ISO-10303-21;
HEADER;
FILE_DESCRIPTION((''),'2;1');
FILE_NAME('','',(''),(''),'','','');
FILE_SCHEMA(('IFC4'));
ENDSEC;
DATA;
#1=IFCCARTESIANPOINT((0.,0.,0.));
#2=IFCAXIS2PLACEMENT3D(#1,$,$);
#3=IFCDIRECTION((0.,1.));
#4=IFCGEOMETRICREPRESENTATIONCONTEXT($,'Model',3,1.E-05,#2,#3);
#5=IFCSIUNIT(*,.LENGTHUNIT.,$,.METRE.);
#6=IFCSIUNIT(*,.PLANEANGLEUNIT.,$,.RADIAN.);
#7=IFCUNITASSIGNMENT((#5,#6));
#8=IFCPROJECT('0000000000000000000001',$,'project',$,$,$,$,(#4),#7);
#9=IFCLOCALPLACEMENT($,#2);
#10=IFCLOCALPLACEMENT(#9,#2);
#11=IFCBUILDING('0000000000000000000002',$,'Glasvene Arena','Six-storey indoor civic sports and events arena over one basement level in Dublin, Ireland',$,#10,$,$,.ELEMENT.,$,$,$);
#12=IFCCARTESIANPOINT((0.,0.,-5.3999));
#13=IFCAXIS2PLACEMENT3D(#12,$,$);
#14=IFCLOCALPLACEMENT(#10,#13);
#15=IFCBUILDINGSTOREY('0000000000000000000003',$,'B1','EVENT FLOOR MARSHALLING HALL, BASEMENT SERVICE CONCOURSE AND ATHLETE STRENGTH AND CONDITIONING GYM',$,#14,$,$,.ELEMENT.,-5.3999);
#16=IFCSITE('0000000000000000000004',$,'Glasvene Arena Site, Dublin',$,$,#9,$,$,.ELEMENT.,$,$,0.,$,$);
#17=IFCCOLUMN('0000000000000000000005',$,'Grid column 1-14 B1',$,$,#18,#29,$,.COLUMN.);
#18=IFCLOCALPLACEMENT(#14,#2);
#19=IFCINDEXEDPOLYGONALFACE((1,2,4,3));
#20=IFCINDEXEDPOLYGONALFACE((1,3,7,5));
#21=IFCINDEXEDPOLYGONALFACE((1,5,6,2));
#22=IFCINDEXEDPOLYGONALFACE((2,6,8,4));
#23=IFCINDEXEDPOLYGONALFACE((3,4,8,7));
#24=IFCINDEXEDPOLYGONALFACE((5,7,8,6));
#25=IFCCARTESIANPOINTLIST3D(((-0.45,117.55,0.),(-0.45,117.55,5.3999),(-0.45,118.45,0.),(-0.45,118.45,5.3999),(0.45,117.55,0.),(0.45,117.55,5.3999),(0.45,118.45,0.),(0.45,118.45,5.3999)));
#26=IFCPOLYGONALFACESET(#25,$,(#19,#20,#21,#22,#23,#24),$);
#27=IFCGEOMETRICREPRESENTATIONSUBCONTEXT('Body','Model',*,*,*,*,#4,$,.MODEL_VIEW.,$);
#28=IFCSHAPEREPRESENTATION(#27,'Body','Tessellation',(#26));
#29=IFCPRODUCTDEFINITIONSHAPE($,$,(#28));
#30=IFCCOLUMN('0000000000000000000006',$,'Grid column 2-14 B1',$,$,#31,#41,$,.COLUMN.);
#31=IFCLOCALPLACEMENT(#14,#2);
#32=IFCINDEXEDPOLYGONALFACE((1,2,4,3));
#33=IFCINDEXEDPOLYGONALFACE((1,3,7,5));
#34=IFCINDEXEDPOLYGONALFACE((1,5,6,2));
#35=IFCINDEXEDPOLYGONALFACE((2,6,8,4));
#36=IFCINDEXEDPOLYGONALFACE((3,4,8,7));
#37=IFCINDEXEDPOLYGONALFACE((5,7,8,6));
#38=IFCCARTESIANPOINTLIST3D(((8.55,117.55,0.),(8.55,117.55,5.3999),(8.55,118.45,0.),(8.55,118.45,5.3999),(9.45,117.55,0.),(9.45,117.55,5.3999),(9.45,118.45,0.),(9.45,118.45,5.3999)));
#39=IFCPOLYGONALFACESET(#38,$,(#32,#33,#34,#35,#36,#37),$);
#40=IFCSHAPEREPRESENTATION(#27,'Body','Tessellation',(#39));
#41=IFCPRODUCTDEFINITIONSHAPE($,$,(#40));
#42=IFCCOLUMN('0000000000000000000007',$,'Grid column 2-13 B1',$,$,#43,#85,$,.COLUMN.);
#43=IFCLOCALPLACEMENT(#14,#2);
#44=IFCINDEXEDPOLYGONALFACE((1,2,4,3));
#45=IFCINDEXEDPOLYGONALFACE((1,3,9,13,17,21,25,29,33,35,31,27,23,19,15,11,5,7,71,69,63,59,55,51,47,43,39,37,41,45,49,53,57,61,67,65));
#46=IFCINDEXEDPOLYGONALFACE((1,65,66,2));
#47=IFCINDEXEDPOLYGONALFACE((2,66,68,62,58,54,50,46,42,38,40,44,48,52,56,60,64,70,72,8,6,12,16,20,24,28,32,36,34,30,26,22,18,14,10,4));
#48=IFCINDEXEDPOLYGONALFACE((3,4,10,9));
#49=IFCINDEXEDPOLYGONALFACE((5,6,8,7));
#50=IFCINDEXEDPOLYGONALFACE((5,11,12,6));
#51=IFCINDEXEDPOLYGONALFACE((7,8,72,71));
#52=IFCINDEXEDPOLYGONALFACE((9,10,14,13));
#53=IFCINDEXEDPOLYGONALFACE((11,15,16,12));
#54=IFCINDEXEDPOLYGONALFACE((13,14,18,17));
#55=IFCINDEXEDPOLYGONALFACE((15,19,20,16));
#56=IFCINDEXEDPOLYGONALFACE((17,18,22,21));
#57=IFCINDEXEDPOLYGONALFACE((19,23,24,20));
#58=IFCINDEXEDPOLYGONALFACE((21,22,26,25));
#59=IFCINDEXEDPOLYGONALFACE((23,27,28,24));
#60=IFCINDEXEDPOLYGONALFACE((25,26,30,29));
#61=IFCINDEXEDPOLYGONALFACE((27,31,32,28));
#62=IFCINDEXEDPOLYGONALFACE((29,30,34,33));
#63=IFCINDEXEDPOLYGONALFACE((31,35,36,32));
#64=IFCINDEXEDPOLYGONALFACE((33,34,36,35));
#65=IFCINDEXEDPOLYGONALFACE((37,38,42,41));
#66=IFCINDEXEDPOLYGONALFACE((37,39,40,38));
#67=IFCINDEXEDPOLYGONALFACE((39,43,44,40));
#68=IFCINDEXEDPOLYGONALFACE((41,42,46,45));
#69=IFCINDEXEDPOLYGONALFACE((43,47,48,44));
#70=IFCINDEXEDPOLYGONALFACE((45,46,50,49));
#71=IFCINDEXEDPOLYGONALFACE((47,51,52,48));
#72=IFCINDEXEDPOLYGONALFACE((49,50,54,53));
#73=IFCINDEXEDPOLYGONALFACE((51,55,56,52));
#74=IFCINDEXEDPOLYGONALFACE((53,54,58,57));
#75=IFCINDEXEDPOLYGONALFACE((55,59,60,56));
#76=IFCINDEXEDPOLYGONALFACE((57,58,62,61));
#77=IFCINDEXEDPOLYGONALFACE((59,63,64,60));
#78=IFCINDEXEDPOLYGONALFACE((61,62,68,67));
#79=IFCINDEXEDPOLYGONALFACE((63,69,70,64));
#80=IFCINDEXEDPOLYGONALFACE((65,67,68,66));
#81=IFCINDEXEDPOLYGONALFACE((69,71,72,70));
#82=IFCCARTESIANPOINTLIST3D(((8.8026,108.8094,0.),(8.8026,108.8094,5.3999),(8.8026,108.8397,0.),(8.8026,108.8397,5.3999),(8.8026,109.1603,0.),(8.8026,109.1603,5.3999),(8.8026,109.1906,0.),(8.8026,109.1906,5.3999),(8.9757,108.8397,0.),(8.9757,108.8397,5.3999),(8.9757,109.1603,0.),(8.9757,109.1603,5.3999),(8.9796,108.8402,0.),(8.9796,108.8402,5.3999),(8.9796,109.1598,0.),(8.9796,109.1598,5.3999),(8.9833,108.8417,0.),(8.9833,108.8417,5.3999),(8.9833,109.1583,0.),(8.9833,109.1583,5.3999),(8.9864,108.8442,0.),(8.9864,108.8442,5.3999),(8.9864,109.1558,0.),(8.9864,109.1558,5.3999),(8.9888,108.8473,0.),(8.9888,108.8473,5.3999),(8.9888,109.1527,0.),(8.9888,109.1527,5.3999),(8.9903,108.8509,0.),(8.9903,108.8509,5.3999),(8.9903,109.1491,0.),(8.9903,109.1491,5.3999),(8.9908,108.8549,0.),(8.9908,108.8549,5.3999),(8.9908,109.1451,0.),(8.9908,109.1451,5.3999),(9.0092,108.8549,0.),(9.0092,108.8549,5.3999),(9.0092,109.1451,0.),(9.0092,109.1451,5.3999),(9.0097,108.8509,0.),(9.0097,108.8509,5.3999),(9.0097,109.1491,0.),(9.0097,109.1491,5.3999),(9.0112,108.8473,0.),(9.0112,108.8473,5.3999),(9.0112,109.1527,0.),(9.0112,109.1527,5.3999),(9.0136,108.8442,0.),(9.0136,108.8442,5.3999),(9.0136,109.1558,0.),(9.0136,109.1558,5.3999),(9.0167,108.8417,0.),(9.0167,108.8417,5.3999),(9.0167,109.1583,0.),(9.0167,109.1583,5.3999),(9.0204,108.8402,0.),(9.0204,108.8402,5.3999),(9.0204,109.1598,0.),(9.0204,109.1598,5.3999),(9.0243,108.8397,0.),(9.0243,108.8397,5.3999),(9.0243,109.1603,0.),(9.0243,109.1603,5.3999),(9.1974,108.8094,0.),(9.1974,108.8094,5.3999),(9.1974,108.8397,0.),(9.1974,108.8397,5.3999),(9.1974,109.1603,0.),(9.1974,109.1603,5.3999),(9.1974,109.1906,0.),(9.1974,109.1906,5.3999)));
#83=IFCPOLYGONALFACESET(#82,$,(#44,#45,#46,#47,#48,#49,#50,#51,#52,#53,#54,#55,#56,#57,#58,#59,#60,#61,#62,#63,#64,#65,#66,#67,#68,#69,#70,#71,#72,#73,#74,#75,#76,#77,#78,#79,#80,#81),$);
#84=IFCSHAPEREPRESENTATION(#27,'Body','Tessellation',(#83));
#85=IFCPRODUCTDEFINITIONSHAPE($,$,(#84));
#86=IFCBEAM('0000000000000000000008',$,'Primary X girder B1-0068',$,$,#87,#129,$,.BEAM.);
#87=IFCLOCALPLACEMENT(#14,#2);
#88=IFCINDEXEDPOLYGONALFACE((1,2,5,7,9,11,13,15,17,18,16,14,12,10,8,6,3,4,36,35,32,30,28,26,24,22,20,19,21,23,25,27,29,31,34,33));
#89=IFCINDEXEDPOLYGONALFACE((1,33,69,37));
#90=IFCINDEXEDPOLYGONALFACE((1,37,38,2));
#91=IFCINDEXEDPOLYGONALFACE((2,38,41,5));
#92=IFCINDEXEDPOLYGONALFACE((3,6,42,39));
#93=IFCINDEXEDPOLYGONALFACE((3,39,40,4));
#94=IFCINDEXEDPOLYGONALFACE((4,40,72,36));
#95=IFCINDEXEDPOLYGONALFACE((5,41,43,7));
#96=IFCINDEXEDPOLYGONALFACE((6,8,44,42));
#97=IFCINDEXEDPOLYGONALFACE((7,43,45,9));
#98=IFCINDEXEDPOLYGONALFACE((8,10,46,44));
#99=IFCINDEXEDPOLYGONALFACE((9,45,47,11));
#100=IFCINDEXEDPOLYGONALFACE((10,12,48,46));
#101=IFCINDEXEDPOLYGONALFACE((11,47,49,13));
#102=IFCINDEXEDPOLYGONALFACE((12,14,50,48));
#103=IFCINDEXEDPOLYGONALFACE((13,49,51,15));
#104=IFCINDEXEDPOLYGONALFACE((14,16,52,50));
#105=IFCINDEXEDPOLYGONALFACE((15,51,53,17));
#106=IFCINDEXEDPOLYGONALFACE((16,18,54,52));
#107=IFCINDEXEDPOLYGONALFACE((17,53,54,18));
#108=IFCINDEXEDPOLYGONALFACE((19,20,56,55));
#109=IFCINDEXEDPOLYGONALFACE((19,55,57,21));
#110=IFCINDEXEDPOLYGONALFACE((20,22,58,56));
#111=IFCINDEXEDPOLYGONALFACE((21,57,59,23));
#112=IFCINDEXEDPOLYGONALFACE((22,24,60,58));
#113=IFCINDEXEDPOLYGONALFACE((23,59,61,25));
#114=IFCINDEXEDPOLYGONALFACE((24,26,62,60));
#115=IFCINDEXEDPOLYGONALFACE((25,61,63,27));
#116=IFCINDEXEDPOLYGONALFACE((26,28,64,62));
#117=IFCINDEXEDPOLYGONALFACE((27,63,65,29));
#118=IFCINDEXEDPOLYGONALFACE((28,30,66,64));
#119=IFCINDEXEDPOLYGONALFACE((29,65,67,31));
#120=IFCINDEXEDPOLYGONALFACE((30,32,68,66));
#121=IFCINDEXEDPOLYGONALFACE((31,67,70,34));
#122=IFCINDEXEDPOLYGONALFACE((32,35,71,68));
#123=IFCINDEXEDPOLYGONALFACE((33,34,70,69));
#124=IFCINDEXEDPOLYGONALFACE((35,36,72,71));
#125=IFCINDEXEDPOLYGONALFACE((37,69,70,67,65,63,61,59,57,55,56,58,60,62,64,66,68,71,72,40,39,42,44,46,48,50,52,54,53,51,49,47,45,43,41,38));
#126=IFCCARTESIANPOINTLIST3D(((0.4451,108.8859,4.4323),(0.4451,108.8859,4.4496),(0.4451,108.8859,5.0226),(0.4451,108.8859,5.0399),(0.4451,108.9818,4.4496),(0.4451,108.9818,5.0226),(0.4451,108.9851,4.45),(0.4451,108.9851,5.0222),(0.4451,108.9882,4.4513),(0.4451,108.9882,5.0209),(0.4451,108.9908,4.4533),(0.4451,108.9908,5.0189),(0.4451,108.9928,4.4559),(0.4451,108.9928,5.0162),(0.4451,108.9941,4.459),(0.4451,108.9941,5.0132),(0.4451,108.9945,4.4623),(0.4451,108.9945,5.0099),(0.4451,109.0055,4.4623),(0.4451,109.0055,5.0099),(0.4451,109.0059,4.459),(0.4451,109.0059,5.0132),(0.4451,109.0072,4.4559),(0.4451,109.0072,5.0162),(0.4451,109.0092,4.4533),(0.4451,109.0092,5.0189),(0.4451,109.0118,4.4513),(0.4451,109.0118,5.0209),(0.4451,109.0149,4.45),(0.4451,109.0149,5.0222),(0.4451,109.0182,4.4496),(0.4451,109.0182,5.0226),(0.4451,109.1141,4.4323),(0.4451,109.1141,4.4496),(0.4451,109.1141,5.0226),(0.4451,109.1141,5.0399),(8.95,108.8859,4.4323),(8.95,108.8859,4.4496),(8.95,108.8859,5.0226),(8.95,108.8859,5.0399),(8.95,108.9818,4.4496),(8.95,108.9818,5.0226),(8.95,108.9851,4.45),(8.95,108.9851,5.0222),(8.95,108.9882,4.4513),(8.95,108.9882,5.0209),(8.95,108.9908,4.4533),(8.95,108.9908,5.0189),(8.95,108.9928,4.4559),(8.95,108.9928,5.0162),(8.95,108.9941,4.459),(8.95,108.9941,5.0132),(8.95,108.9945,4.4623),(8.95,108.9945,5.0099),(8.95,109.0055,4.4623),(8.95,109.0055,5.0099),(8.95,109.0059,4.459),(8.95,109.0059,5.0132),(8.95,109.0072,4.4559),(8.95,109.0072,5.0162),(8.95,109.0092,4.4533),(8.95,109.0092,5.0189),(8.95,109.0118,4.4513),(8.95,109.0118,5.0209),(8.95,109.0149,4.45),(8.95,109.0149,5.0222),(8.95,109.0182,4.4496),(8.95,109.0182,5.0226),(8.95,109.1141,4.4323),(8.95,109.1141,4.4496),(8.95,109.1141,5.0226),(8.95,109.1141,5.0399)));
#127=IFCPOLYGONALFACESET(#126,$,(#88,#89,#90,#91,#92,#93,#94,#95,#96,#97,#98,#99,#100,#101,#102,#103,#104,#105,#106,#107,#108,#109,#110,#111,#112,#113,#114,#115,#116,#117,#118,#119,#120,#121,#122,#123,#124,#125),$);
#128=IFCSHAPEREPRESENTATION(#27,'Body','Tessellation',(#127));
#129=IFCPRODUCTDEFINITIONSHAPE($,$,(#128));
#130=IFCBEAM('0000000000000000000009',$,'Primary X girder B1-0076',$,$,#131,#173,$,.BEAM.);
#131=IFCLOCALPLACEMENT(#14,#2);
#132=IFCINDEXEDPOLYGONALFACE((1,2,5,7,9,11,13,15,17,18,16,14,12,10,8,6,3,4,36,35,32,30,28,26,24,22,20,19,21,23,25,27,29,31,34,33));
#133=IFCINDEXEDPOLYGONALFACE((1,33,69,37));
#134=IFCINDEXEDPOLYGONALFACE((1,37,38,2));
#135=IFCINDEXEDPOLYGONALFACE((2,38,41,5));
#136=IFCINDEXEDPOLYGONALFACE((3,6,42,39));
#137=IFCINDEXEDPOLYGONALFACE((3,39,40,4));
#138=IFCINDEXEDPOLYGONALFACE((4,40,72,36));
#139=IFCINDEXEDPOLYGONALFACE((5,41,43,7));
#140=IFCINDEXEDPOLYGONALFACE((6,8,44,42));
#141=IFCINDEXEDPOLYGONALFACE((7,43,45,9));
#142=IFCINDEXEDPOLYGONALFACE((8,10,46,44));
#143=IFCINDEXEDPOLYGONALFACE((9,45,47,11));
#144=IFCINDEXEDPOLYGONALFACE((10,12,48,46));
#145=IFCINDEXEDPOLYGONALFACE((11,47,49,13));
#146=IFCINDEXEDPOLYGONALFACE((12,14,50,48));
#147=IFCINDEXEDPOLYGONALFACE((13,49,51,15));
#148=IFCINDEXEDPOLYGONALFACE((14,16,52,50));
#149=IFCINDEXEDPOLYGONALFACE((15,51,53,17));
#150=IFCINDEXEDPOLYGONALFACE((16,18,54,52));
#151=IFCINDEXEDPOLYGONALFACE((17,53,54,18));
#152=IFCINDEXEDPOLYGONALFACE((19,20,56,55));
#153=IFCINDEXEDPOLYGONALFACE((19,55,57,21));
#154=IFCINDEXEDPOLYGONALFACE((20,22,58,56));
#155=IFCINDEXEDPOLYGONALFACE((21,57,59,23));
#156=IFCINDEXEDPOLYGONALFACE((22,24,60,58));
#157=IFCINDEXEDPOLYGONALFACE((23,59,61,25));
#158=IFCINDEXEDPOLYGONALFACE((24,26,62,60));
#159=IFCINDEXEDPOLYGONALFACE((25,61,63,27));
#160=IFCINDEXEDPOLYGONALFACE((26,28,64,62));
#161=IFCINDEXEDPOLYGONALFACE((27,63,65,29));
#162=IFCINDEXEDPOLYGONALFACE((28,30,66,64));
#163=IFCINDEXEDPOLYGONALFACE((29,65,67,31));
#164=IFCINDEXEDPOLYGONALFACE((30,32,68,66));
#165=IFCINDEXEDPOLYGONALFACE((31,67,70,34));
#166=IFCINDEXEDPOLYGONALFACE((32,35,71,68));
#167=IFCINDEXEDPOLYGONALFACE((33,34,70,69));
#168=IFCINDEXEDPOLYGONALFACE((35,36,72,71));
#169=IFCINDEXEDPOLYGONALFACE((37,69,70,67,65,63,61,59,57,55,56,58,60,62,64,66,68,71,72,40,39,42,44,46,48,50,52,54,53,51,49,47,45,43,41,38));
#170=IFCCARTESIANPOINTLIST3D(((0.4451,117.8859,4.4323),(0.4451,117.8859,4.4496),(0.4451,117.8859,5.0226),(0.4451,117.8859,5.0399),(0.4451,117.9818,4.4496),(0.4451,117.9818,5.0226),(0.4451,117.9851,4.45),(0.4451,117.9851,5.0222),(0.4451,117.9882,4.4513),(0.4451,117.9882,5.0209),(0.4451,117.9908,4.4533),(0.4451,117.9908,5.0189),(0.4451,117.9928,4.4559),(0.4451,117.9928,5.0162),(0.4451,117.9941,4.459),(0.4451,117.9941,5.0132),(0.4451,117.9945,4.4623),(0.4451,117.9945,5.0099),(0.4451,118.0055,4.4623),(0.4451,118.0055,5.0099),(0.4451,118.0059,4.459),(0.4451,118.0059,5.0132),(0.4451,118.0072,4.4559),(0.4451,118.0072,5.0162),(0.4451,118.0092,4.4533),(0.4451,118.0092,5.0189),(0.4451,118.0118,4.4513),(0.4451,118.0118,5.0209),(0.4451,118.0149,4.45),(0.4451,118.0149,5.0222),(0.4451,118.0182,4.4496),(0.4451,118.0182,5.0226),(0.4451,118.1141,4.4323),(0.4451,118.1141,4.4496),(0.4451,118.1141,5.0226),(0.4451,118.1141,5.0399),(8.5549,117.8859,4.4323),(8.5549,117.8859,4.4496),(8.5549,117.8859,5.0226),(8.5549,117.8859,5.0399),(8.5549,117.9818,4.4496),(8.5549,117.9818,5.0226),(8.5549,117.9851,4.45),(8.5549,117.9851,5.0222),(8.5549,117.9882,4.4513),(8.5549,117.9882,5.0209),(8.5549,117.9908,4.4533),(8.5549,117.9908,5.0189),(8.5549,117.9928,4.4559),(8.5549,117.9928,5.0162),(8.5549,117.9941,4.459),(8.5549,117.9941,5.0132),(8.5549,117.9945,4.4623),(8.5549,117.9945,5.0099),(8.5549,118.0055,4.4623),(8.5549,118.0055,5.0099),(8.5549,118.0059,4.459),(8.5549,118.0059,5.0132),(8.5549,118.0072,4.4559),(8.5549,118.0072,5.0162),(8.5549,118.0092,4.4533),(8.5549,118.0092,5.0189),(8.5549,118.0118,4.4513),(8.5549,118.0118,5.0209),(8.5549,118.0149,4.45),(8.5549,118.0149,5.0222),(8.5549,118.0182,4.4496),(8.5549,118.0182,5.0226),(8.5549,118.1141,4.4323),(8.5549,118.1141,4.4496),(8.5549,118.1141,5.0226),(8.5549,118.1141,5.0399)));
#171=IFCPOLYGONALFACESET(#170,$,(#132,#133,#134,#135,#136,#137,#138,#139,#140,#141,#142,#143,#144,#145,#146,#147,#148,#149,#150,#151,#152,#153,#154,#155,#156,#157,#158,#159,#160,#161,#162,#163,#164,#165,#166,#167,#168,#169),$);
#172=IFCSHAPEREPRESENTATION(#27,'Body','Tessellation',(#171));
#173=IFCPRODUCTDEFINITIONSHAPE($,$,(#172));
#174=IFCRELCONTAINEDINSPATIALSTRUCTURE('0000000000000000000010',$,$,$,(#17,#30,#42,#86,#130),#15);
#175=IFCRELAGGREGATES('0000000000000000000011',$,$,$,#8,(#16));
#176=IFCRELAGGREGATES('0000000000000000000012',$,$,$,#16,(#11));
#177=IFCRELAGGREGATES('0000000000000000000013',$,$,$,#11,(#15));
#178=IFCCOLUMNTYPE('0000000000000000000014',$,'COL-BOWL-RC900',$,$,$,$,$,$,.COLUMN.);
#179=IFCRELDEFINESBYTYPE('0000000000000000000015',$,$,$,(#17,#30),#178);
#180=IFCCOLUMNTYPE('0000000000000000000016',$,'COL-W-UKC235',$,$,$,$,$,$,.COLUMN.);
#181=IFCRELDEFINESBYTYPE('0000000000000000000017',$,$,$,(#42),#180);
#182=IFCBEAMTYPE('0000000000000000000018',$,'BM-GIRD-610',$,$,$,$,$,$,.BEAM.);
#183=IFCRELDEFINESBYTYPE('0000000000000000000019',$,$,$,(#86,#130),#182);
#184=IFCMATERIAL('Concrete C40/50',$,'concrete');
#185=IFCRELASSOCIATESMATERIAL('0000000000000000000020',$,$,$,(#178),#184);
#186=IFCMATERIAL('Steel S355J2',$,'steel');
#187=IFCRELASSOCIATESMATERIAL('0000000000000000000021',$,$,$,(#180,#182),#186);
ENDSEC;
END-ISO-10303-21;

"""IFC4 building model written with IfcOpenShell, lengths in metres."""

from ifc_helpers import new_model, si_unit, direction, frame, origin, origin_2d, place, context, subcontext, project, spatial, rectangle, i_section, extrude, material, material_profile, profile_set, type_object, element, save


model = new_model("IFC4")

# Units and contexts
model_context = context("Model", 3, precision=1e-05, world=origin(), true_north=direction((0.0, 1.0)))
body_context = subcontext(model_context, "Body", "Model", "MODEL_VIEW")
ifc_project = project(units=[si_unit("LENGTHUNIT", "METRE"), si_unit("PLANEANGLEUNIT", "RADIAN")], contexts=[model_context])

# Site, building, storey
site_placement = place(None, origin())
site = spatial("IfcSite", under=ifc_project, at=site_placement, Name="Glasvene Arena Site, Dublin", CompositionType="ELEMENT", RefElevation=0.0)
building_placement = place(site_placement, origin())
building = spatial("IfcBuilding", under=site, at=building_placement, Name="Glasvene Arena", Description="Six-storey indoor civic sports and events arena over one basement level in Dublin, Ireland", CompositionType="ELEMENT")
storey_placement = place(building_placement, frame((0.0, 0.0, -5.3999)))
storey = spatial("IfcBuildingStorey", under=building, at=storey_placement, Name="B1", Description="EVENT FLOOR MARSHALLING HALL, BASEMENT SERVICE CONCOURSE AND ATHLETE STRENGTH AND CONDITIONING GYM", CompositionType="ELEMENT", Elevation=-5.3999)

# Shared definitions
ifc_material_1 = material(Name="Concrete C40/50", Category="concrete")

# Columns
ifc_material_profile_1 = material_profile(ifc_material_1, rectangle(XDim=0.8999, YDim=0.8999, at=origin_2d()), Name="RC 900x900")
ifc_profile_set_1 = profile_set([ifc_material_profile_1], Name="Concrete C40/50")
column_type_1 = type_object("IfcColumnType", Name="COL-BOWL-RC900", PredefinedType="COLUMN", material=ifc_profile_set_1)
for number, where, z_axis, x_axis, name in (
    (1, (0.0, 118.0, 0.0), (0.0, 0.0, 1.0), (1.0, 0.0, 0.0), "Grid column 1-14 B1"),
    (2, (9.0, 118.0, 0.0), (0.0, 0.0, 1.0), (1.0, 0.0, 0.0), "Grid column 2-14 B1"),
):
    element("IfcColumn", number, at=place(storey_placement, frame(where, z_axis=z_axis, x_axis=x_axis)), inside=storey, type_object=column_type_1, Name=name, PredefinedType="COLUMN", context=body_context, shape_type="SweptSolid", body=[
        extrude(rectangle(XDim=0.8999, YDim=0.8999, at=origin_2d()), origin(), (0.0, 0.0, 1.0), 5.3999),
    ])
ifc_material_2 = material(Name="Steel S355J2", Category="steel")
ifc_material_profile_2 = material_profile(ifc_material_2, i_section(OverallWidth=0.3948, OverallDepth=0.3811, WebThickness=0.0183, FlangeThickness=0.0303, FilletRadius=0.0151, at=origin_2d()), Name="UKC 356x406x235")
ifc_profile_set_2 = profile_set([ifc_material_profile_2], Name="Steel S355J2")
column_type_2 = type_object("IfcColumnType", Name="COL-W-UKC235", PredefinedType="COLUMN", material=ifc_profile_set_2)
column_placement = place(storey_placement, frame((9.0, 109.0, 0.0), z_axis=(0.0, 0.0, 1.0), x_axis=(1.0, 0.0, 0.0)))
element("IfcColumn", 3, at=column_placement, inside=storey, type_object=column_type_2, Name="Grid column 2-13 B1", PredefinedType="COLUMN", context=body_context, shape_type="SweptSolid", body=[
    extrude(i_section(OverallWidth=0.3948, OverallDepth=0.3811, WebThickness=0.0183, FlangeThickness=0.0303, FilletRadius=0.0151, at=origin_2d()), origin(), (0.0, 0.0, 1.0), 5.3999),
])

# Beams
ifc_material_profile_3 = material_profile(ifc_material_2, i_section(OverallWidth=0.2283, OverallDepth=0.6077, WebThickness=0.011, FlangeThickness=0.0173, FilletRadius=0.0127, at=origin_2d()), Name="UKB 610x229x113")
ifc_profile_set_3 = profile_set([ifc_material_profile_3], Name="Steel S355J2")
beam_type_1 = type_object("IfcBeamType", Name="BM-GIRD-610", PredefinedType="BEAM", material=ifc_profile_set_3)
beam_1_placement = place(storey_placement, frame((0.4451, 109.0, 4.7361), z_axis=(1.0, 0.0, 0.0), x_axis=(0.0, 1.0, 0.0)))
element("IfcBeam", 4, at=beam_1_placement, inside=storey, type_object=beam_type_1, Name="Primary X girder B1-0068", PredefinedType="BEAM", context=body_context, shape_type="SweptSolid", body=[
    extrude(i_section(OverallWidth=0.2283, OverallDepth=0.6077, WebThickness=0.011, FlangeThickness=0.0173, FilletRadius=0.0127, at=origin_2d()), origin(), (0.0, 0.0, 1.0), 8.5049),
])
beam_2_placement = place(storey_placement, frame((0.4451, 118.0, 4.7361), z_axis=(1.0, 0.0, 0.0), x_axis=(0.0, 1.0, 0.0)))
element("IfcBeam", 5, at=beam_2_placement, inside=storey, type_object=beam_type_1, Name="Primary X girder B1-0076", PredefinedType="BEAM", context=body_context, shape_type="SweptSolid", body=[
    extrude(i_section(OverallWidth=0.2283, OverallDepth=0.6077, WebThickness=0.011, FlangeThickness=0.0173, FilletRadius=0.0127, at=origin_2d()), origin(), (0.0, 0.0, 1.0), 8.1099),
])

save(model, "model.ifc")
